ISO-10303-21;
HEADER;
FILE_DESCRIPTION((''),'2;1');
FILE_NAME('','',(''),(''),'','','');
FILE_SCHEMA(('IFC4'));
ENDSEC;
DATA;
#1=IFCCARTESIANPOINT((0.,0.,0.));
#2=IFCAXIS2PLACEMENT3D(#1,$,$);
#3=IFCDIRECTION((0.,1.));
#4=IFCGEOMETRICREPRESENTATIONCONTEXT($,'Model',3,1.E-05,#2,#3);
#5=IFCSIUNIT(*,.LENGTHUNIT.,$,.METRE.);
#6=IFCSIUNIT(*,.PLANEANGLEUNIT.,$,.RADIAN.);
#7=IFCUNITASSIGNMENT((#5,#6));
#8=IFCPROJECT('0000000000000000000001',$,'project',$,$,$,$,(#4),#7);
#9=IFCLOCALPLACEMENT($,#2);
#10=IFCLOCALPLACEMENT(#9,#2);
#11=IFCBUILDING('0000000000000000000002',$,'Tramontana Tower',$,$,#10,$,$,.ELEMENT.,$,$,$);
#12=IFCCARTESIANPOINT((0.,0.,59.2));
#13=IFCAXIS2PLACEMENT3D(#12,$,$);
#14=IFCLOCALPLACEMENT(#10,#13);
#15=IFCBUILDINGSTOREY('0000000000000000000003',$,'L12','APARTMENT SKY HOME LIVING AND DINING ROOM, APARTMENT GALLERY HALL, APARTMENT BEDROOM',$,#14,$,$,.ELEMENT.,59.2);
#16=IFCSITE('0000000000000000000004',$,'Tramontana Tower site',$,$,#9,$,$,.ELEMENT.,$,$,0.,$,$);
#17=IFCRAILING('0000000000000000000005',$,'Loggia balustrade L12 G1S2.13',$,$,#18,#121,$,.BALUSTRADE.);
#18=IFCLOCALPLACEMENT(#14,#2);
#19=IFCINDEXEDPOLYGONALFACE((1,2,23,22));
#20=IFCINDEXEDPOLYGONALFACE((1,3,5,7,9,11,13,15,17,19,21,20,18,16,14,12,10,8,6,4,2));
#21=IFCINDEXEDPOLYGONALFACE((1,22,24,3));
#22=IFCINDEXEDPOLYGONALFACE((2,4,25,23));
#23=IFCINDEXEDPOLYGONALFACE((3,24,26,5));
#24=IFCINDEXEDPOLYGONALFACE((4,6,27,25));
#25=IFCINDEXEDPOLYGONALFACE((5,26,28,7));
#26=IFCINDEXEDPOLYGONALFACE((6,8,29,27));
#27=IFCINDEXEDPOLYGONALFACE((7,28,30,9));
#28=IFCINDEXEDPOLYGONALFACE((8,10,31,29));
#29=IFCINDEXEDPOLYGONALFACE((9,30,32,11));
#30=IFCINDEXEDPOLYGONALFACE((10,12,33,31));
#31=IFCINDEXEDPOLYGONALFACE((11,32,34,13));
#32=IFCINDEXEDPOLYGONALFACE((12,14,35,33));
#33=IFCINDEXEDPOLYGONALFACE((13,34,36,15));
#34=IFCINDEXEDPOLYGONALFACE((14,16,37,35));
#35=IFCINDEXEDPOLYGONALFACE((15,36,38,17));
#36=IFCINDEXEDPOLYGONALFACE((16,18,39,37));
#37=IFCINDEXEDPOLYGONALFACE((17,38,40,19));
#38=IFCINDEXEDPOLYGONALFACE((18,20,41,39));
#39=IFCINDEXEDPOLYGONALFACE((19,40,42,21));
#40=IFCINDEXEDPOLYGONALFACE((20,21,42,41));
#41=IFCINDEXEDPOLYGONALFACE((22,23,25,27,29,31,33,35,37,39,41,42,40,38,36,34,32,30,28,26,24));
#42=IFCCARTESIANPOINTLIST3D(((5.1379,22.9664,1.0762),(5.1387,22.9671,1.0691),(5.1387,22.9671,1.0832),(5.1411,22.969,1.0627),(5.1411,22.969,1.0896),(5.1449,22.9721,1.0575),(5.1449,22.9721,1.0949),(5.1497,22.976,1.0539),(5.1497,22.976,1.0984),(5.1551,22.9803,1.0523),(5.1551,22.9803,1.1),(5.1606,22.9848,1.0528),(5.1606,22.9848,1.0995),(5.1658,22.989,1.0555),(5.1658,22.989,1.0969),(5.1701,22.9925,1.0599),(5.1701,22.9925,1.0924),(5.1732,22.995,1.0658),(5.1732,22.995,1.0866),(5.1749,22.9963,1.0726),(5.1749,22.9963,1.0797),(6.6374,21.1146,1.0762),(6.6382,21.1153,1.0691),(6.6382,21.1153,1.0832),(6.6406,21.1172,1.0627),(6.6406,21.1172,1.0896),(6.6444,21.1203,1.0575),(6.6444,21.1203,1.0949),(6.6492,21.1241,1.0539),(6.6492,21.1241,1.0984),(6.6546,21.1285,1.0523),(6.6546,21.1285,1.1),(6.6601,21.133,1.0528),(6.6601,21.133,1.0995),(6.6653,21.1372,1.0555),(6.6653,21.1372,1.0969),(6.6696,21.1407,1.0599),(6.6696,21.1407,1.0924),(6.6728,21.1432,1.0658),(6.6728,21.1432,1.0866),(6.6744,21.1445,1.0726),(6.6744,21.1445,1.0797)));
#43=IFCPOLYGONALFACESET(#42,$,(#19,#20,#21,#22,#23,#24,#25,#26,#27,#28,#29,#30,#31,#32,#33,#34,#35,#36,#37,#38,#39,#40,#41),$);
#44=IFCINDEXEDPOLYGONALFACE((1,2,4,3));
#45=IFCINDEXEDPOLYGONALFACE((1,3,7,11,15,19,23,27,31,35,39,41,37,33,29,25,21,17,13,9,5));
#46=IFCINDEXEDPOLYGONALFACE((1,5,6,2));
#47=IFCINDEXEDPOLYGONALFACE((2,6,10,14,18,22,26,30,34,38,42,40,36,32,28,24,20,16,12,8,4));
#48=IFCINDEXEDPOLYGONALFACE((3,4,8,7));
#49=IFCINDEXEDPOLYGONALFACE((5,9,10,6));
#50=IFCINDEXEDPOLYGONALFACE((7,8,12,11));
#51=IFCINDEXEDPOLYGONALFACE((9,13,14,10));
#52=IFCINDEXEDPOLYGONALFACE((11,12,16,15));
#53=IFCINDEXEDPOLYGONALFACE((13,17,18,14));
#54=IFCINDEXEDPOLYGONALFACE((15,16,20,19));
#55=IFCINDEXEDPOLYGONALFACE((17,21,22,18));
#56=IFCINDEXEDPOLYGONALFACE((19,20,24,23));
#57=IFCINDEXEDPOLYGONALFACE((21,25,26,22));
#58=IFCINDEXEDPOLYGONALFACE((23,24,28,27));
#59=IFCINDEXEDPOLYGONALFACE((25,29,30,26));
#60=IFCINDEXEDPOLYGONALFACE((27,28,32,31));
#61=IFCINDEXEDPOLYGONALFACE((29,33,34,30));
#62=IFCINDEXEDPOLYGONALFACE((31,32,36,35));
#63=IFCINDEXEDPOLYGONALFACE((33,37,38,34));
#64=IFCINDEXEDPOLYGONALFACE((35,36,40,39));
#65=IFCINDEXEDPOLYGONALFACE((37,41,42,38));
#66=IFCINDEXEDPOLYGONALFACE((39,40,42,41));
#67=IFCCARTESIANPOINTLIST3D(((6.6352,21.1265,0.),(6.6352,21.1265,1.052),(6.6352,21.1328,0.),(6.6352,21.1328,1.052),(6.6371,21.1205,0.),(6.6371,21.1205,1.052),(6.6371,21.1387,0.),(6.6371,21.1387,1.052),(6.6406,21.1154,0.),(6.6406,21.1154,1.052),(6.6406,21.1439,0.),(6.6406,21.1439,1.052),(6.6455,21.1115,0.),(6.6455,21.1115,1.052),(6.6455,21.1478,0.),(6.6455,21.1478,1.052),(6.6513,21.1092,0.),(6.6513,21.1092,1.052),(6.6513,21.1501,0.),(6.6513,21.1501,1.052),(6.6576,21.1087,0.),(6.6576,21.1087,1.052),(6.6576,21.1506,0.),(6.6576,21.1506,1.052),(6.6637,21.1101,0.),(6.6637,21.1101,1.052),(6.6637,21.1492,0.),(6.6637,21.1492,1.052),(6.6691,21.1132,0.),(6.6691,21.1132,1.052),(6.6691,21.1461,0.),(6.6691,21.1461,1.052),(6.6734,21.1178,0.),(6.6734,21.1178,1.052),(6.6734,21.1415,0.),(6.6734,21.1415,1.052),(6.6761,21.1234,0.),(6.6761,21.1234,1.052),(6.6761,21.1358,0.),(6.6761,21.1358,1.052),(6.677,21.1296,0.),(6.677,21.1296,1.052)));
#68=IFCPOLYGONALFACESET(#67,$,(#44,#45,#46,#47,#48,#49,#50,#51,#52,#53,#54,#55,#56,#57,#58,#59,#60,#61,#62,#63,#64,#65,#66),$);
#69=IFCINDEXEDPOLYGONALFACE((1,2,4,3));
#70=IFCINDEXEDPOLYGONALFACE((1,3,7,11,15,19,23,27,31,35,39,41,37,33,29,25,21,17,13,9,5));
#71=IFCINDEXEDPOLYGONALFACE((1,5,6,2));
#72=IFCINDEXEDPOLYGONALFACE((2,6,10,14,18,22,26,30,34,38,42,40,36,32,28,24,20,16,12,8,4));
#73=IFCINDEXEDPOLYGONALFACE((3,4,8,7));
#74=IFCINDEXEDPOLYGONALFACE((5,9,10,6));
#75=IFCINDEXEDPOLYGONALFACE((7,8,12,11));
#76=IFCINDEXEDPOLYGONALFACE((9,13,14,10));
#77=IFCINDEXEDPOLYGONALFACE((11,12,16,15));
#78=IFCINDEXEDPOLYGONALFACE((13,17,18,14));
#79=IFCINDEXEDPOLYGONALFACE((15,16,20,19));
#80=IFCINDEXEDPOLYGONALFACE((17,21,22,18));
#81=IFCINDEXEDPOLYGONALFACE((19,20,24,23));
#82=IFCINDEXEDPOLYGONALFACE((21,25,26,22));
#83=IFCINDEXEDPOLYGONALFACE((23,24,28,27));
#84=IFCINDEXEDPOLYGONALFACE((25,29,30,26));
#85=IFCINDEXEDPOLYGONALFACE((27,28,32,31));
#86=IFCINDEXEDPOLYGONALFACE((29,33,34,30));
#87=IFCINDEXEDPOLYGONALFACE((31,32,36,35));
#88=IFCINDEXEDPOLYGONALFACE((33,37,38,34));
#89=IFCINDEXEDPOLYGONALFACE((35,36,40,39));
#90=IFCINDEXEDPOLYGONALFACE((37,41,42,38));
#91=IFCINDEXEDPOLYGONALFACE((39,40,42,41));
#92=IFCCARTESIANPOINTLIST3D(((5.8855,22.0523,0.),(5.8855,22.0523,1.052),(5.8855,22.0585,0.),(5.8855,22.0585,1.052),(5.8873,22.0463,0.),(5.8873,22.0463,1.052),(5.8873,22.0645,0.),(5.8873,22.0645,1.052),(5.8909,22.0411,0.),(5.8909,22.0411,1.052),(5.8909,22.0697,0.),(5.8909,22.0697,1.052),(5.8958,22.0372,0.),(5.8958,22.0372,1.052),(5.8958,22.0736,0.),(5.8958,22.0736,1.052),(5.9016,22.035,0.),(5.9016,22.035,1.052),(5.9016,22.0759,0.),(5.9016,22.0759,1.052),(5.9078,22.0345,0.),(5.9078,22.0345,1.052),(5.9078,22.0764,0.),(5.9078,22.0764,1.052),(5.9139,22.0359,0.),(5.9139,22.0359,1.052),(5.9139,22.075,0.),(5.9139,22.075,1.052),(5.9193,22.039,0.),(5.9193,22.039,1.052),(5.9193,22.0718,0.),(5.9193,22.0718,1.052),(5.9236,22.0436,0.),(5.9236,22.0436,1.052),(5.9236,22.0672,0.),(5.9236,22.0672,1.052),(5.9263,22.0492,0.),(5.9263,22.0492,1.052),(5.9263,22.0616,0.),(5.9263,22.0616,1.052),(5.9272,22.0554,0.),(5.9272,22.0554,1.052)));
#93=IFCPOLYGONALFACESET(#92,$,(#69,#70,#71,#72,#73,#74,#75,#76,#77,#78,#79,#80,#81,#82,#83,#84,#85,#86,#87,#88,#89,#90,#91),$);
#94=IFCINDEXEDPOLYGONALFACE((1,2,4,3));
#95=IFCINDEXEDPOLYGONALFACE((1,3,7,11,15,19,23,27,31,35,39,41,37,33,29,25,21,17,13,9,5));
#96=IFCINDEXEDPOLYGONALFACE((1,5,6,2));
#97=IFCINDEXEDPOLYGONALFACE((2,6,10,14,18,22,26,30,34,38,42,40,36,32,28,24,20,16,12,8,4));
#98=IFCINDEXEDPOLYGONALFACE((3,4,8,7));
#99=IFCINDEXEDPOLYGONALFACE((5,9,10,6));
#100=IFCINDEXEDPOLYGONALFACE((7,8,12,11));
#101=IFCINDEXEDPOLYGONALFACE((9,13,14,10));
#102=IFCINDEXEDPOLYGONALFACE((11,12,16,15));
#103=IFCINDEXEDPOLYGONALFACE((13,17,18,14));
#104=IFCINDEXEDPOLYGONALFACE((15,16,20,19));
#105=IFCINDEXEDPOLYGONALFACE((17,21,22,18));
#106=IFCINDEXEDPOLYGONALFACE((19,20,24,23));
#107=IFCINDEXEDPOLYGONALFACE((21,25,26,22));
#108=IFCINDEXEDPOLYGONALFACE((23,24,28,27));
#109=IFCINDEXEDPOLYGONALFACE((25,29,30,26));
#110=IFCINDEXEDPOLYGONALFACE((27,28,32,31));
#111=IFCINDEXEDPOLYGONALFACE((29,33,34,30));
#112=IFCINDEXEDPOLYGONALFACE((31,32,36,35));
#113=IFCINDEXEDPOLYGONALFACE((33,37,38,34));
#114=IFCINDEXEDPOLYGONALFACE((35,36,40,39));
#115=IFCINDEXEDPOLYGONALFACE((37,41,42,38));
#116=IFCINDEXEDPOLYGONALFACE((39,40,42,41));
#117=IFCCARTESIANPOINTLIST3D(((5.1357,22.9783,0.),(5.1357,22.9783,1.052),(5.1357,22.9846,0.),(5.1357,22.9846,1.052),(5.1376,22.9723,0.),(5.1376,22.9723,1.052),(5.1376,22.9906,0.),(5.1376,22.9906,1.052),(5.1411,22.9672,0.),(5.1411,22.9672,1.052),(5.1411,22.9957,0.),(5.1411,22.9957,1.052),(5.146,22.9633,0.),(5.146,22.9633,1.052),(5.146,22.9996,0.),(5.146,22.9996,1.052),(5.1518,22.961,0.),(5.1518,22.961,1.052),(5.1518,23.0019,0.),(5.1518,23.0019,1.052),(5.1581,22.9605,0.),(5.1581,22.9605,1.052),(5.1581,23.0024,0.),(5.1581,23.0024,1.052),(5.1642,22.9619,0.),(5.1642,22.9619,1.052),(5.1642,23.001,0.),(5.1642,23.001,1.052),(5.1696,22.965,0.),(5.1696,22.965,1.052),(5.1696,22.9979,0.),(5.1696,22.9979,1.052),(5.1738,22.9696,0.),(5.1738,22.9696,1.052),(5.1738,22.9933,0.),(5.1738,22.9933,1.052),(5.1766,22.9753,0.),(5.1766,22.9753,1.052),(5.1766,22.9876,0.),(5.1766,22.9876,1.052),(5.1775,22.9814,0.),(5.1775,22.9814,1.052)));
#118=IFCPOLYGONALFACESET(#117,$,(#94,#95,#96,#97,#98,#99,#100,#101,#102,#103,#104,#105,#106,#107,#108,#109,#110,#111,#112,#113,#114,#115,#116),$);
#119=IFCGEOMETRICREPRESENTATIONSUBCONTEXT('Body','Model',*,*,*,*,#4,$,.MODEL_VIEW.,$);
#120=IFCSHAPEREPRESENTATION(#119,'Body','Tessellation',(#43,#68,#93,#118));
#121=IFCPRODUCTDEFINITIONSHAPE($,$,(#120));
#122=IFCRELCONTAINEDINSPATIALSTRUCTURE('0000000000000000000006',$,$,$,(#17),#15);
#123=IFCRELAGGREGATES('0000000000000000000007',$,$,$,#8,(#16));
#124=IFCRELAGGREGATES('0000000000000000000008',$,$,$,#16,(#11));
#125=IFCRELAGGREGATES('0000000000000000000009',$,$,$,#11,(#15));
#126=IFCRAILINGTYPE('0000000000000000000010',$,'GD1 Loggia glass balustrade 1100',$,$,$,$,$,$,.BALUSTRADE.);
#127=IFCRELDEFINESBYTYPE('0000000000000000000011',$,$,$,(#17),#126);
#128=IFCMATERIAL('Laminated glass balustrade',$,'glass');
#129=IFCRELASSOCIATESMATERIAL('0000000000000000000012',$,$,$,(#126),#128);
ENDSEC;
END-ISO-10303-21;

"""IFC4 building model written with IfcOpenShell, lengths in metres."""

from ifc_helpers import new_model, si_unit, direction, frame, origin, origin_2d, place, context, subcontext, project, spatial, circle, extrude, material, type_object, element, save


model = new_model("IFC4")

# Units and contexts
model_context = context("Model", 3, precision=1e-05, world=origin(), true_north=direction((0.0, 1.0)))
body_context = subcontext(model_context, "Body", "Model", "MODEL_VIEW")
ifc_project = project(units=[si_unit("LENGTHUNIT", "METRE"), si_unit("PLANEANGLEUNIT", "RADIAN")], contexts=[model_context])

# Site, building, storey
site_placement = place(None, origin())
site = spatial("IfcSite", under=ifc_project, at=site_placement, Name="Tramontana Tower site", CompositionType="ELEMENT", RefElevation=0.0)
building_placement = place(site_placement, origin())
building = spatial("IfcBuilding", under=site, at=building_placement, Name="Tramontana Tower", CompositionType="ELEMENT")
storey_placement = place(building_placement, frame((0.0, 0.0, 59.2)))
storey = spatial("IfcBuildingStorey", under=building, at=storey_placement, Name="L12", Description="APARTMENT SKY HOME LIVING AND DINING ROOM, APARTMENT GALLERY HALL, APARTMENT BEDROOM", CompositionType="ELEMENT", Elevation=59.2)

# Railing
ifc_material_1 = material(Name="Laminated glass balustrade", Category="glass")
railing_type = type_object("IfcRailingType", Name="GD1 Loggia glass balustrade 1100", PredefinedType="BALUSTRADE", material=ifc_material_1)
railing_placement = place(storey_placement, frame((6.656, 21.1296, 0.0)))
element("IfcRailing", 1, at=railing_placement, inside=storey, type_object=railing_type, Name="Loggia balustrade L12 G1S2.13", PredefinedType="BALUSTRADE", context=body_context, shape_type="SweptSolid", body=[
    extrude(circle(Radius=0.0239, at=origin_2d()), frame((0.0, 0.0, 1.0762), z_axis=(-0.629307, 0.777157, 0.0), x_axis=(-0.777157, -0.629307, 0.0)), (0.0, 0.0, 1.0), 2.3828),
    extrude(circle(Radius=0.021, at=origin_2d()), origin(), (0.0, 0.0, 1.0), 1.052),
    extrude(circle(Radius=0.021, at=origin_2d()), frame((-0.7498, 0.9258, 0.0)), (0.0, 0.0, 1.0), 1.052),
    extrude(circle(Radius=0.021, at=origin_2d()), frame((-1.4995, 1.8518, 0.0)), (0.0, 0.0, 1.0), 1.052),
])

save(model, "model.ifc")
